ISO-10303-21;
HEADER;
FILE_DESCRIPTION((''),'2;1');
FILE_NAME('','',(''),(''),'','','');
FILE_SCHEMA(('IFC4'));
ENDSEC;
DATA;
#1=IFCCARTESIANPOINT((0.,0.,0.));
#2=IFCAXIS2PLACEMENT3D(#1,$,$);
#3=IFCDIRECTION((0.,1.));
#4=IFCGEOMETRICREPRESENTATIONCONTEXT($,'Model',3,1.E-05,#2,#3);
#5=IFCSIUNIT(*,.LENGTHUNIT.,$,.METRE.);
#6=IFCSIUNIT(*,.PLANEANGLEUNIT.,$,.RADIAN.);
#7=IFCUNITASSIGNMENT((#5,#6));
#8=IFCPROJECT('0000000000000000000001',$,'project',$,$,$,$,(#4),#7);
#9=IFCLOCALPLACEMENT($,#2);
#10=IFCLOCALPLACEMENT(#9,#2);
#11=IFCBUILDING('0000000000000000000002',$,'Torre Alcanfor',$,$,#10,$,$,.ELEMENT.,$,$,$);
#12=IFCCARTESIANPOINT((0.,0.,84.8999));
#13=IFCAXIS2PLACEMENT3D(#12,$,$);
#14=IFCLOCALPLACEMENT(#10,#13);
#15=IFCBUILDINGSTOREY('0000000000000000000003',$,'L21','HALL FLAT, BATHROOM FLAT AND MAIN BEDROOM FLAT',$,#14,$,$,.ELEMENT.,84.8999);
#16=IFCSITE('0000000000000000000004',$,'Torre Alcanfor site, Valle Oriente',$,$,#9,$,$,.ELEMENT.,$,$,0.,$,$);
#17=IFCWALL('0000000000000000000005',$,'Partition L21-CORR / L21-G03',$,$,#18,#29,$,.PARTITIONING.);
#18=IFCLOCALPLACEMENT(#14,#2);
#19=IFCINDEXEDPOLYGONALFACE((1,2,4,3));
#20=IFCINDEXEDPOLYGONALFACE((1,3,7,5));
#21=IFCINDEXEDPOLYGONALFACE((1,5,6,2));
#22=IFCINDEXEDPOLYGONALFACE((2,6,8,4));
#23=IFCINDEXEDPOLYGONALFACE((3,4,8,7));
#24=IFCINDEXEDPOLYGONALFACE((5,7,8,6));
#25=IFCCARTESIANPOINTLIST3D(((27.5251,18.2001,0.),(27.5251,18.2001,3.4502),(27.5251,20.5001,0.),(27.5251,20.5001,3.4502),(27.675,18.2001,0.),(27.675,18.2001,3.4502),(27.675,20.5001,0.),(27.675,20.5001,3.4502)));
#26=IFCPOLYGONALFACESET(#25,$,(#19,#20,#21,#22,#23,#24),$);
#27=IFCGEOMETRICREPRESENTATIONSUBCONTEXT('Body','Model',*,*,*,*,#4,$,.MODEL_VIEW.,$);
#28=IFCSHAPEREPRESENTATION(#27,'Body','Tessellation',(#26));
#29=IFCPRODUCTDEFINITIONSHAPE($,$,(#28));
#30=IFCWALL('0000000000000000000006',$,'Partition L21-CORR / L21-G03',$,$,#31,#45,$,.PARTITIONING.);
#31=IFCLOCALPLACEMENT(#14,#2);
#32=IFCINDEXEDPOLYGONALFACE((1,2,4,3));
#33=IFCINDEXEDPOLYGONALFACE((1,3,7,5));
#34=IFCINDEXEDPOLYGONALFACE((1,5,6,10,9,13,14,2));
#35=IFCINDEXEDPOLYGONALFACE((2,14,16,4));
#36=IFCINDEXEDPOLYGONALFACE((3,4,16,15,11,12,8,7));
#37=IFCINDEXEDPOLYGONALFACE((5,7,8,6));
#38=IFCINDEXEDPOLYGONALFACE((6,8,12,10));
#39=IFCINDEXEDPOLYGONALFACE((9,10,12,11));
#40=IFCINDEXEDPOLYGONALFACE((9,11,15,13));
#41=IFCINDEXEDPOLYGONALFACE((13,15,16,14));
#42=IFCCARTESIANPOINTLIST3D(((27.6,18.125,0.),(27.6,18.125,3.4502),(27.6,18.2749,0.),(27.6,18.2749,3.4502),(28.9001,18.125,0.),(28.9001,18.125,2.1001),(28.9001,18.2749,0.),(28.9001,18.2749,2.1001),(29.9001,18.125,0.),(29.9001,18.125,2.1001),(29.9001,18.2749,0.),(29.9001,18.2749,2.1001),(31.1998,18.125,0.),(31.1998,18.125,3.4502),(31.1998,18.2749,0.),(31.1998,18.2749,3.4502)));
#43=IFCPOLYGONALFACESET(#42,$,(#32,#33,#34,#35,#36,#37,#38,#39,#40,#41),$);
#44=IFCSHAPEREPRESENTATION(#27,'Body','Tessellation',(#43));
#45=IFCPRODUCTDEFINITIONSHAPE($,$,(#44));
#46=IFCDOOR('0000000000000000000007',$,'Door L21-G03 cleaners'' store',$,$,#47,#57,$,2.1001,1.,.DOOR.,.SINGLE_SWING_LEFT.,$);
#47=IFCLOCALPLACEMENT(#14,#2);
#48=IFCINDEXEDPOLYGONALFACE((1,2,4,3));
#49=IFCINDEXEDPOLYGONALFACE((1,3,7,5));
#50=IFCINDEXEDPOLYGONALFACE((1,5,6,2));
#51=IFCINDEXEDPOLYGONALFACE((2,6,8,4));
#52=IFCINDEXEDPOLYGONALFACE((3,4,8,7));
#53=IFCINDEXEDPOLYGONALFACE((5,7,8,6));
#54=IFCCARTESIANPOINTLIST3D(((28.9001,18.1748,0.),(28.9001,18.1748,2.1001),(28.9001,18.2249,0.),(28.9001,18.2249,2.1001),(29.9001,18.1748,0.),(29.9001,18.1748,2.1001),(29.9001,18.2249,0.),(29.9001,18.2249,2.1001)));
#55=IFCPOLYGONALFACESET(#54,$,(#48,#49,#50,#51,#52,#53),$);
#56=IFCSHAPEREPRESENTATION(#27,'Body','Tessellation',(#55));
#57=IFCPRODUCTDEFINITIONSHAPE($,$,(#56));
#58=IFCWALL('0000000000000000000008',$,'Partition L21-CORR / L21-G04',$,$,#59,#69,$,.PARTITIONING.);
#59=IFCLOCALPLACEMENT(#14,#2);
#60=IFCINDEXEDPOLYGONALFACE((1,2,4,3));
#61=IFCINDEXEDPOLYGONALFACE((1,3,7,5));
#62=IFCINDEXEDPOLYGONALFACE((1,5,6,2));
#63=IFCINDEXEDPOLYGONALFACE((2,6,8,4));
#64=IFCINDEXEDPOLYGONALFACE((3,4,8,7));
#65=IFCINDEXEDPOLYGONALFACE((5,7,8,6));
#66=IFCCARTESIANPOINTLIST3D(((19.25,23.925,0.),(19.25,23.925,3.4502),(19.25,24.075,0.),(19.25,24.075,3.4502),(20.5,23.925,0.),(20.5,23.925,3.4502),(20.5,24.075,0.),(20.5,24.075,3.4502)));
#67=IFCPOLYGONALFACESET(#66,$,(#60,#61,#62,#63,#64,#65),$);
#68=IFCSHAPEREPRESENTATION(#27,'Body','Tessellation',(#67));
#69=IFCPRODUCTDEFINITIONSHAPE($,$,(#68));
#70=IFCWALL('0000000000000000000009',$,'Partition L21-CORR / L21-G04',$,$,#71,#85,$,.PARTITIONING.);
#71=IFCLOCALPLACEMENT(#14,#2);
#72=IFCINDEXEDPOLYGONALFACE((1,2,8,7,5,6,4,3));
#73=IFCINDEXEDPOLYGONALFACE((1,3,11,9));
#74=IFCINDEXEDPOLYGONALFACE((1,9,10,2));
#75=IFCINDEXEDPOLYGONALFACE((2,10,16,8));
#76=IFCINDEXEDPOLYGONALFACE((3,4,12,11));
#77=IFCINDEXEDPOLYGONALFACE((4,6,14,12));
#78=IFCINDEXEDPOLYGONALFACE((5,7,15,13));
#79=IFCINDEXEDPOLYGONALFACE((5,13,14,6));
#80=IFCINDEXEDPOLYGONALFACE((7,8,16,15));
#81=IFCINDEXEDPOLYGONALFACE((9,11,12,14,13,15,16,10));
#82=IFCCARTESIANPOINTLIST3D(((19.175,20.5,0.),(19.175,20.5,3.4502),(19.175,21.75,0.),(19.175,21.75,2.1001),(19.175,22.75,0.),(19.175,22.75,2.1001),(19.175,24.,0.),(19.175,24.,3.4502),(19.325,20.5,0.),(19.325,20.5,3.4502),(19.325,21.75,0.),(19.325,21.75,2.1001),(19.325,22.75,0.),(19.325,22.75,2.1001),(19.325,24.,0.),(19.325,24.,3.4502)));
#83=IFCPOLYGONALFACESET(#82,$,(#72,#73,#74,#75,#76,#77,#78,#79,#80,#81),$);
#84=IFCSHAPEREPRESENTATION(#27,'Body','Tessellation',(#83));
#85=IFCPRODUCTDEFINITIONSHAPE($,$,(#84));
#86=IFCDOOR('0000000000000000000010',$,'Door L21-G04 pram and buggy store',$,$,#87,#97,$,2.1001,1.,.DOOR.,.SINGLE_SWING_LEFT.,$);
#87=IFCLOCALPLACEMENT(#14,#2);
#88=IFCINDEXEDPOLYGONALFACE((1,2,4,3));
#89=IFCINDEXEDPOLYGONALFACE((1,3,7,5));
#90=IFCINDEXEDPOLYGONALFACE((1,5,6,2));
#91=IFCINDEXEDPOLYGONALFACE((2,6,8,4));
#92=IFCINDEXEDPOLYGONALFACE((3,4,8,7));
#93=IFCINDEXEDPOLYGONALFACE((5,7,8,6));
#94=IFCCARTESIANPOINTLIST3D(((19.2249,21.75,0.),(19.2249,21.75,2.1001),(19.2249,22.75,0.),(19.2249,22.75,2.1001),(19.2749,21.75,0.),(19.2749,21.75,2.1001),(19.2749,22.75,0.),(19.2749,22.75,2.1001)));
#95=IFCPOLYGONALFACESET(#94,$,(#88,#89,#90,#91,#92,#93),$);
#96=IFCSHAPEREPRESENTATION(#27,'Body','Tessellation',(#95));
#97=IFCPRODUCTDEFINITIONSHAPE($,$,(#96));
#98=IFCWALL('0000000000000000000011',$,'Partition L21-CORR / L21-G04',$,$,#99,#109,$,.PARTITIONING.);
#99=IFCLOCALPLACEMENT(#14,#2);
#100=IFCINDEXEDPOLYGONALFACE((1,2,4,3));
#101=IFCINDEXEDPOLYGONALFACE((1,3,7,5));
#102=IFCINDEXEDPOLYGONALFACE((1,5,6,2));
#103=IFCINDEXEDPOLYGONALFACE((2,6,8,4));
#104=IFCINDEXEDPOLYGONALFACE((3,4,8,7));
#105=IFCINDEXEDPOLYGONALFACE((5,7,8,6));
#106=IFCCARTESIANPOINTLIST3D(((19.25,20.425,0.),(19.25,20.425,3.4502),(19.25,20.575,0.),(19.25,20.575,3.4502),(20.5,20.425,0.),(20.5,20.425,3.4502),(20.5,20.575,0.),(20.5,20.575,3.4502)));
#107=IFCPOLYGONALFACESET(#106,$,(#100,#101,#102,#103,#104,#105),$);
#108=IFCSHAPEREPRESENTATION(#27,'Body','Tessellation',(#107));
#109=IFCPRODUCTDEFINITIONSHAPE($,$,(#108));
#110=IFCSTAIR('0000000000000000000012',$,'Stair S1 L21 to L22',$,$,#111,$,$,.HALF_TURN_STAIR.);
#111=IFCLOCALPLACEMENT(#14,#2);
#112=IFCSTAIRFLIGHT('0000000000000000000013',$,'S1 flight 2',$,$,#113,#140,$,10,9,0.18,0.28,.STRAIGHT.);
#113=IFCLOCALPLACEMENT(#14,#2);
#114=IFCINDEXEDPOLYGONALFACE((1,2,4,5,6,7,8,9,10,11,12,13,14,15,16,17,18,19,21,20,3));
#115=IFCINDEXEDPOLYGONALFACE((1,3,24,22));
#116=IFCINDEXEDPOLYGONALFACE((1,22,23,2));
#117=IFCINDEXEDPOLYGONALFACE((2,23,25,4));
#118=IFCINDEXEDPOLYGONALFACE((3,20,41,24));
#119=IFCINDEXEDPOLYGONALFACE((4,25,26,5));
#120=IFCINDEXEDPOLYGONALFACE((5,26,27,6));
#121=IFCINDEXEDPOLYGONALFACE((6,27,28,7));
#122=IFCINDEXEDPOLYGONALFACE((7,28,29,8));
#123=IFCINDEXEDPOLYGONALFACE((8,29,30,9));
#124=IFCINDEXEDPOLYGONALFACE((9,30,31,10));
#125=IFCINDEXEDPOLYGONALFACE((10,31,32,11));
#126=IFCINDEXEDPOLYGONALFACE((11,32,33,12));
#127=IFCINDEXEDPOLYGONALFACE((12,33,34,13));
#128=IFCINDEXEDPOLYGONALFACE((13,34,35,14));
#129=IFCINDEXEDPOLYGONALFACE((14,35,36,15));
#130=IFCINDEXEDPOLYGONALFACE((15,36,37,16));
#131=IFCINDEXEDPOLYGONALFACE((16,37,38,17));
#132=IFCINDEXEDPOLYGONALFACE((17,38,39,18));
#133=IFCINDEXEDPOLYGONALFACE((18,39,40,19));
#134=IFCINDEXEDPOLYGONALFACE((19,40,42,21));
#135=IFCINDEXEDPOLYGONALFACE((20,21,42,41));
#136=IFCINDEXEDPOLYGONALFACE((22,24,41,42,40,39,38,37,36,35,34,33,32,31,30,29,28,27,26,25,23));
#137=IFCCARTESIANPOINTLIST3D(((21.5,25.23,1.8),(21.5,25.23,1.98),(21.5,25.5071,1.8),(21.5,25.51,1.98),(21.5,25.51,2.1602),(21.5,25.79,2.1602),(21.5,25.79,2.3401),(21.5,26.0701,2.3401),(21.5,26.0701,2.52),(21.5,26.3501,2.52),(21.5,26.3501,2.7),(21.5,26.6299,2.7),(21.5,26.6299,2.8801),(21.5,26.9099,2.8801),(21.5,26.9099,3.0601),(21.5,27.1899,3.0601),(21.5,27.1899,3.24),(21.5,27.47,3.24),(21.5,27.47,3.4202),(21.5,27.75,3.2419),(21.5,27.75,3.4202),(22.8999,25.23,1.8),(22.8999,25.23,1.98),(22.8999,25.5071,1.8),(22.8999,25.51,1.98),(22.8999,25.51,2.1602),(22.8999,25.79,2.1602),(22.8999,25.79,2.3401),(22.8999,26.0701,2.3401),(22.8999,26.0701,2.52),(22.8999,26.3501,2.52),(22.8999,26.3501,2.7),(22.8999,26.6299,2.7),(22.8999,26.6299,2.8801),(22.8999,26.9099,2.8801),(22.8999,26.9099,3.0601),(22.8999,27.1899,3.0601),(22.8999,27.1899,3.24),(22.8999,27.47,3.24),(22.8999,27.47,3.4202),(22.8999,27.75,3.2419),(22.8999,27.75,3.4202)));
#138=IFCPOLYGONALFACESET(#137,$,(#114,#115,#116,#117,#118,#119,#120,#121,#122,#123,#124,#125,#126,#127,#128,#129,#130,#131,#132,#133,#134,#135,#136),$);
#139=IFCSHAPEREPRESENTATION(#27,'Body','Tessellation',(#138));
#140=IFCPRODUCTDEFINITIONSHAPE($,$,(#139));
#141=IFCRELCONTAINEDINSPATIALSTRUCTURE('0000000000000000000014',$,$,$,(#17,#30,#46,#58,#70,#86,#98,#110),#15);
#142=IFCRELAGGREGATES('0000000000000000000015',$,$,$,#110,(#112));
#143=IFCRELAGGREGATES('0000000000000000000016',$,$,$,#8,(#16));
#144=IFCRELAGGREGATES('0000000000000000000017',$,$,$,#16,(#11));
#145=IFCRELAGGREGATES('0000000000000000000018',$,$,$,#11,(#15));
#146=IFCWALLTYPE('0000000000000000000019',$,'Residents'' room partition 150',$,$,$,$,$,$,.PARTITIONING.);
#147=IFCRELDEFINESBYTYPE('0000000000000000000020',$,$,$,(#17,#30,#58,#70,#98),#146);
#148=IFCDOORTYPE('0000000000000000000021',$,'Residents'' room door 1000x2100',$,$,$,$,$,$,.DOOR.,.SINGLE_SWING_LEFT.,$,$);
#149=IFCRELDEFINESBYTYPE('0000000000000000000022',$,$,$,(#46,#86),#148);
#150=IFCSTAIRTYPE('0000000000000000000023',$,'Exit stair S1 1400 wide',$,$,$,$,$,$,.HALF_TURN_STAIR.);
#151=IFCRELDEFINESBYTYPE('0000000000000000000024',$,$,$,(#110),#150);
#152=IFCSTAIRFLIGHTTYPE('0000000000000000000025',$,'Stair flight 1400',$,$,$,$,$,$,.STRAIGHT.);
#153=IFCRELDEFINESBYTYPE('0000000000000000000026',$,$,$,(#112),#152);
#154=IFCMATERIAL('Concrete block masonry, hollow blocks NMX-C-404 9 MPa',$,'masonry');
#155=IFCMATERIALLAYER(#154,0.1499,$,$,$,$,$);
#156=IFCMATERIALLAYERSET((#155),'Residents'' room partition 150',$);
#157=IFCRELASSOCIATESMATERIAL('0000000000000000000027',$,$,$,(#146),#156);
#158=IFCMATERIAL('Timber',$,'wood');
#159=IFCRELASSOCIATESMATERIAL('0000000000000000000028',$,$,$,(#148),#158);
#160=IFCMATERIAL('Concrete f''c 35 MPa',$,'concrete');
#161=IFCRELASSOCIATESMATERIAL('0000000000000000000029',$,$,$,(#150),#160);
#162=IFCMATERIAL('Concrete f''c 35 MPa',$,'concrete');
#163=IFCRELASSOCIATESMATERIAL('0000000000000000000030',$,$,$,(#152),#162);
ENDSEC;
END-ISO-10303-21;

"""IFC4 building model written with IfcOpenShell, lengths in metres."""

from ifc_helpers import new_model, si_unit, direction, frame, frame_2d, origin, place, context, subcontext, project, spatial, polyline, rectangle, outline, extrude, material, layer, layer_set, type_object, element, fill, aggregate, save


model = new_model("IFC4")

# Units and contexts
model_context = context("Model", 3, precision=1e-05, world=origin(), true_north=direction((0.0, 1.0)))
body_context = subcontext(model_context, "Body", "Model", "MODEL_VIEW")
ifc_project = project(units=[si_unit("LENGTHUNIT", "METRE"), si_unit("PLANEANGLEUNIT", "RADIAN")], contexts=[model_context])

# Site, building, storey
site_placement = place(None, origin())
site = spatial("IfcSite", under=ifc_project, at=site_placement, Name="Torre Alcanfor site, Valle Oriente", CompositionType="ELEMENT", RefElevation=0.0)
building_placement = place(site_placement, origin())
building = spatial("IfcBuilding", under=site, at=building_placement, Name="Torre Alcanfor", CompositionType="ELEMENT")
storey_placement = place(building_placement, frame((0.0, 0.0, 84.8999)))
storey = spatial("IfcBuildingStorey", under=building, at=storey_placement, Name="L21", Description="HALL FLAT, BATHROOM FLAT AND MAIN BEDROOM FLAT", CompositionType="ELEMENT", Elevation=84.8999)

# Wall
ifc_material_1 = material(Name="Concrete block masonry, hollow blocks NMX-C-404 9 MPa", Category="masonry")
ifc_layer_1 = layer(ifc_material_1, 0.1499)
ifc_layer_set_1 = layer_set([ifc_layer_1], Name="Residents' room partition 150")
wall_type_1 = type_object("IfcWallType", Name="Residents' room partition 150", PredefinedType="PARTITIONING", material=ifc_layer_set_1)
wall_1_placement = place(storey_placement, frame((27.6001, 20.5, 0.0), z_axis=(0.0, 0.0, 1.0), x_axis=(0.0, -1.0, 0.0)))
element("IfcWall", 1, at=wall_1_placement, inside=storey, type_object=wall_type_1, Name="Partition L21-CORR / L21-G03", PredefinedType="PARTITIONING", context=body_context, shape_type="SweptSolid", body=[
    extrude(rectangle(XDim=2.3, YDim=0.1499, at=frame_2d((1.1499, 0.0))), origin(), (0.0, 0.0, 1.0), 3.4502),
])

# Wall, opening, door
wall_2_placement = place(storey_placement, frame((27.6001, 18.2, 0.0), z_axis=(0.0, 0.0, 1.0), x_axis=(1.0, 0.0, 0.0)))
wall_2 = element("IfcWall", 2, at=wall_2_placement, inside=storey, type_object=wall_type_1, Name="Partition L21-CORR / L21-G03", PredefinedType="PARTITIONING", context=body_context, shape_type="SweptSolid", body=[
    extrude(rectangle(XDim=3.5999, YDim=0.1499, at=frame_2d((1.7998, 0.0))), origin(), (0.0, 0.0, 1.0), 3.4502),
])
opening_1_placement = place(wall_2_placement, frame((1.3, 0.0, 0.0)))
opening_1 = element("IfcOpeningElement", 3, at=opening_1_placement, cuts=wall_2, PredefinedType="OPENING", context=body_context, shape_type="SweptSolid", body=[
    extrude(rectangle(XDim=1.0, YDim=2.1001, at=frame_2d((0.5, 1.05))), frame((0.0, 0.085, 0.0), z_axis=(0.0, -1.0, 0.0), x_axis=(1.0, 0.0, 0.0)), (0.0, 0.0, 1.0), 0.1699),
])
ifc_material_2 = material(Name="Timber", Category="wood")
door_type_1 = type_object("IfcDoorType", Name="Residents' room door 1000x2100", OperationType="SINGLE_SWING_LEFT", PredefinedType="DOOR", material=ifc_material_2)
door_1_placement = place(opening_1_placement, origin())
door_1 = element("IfcDoor", 4, at=door_1_placement, inside=storey, type_object=door_type_1, Name="Door L21-G03 cleaners' store", OperationType="SINGLE_SWING_LEFT", OverallHeight=2.1001, OverallWidth=1.0, PredefinedType="DOOR", context=body_context, shape_type="SweptSolid", body=[
    extrude(rectangle(XDim=1.0, YDim=2.1001, at=frame_2d((0.5, 1.05))), frame((0.0, 0.0249, 0.0), z_axis=(0.0, -1.0, 0.0), x_axis=(1.0, 0.0, 0.0)), (0.0, 0.0, 1.0), 0.05),
])
fill(opening_1, door_1)

# Wall
wall_3_placement = place(storey_placement, frame((20.5, 24.0, 0.0), z_axis=(0.0, 0.0, 1.0), x_axis=(-1.0, 0.0, 0.0)))
element("IfcWall", 5, at=wall_3_placement, inside=storey, type_object=wall_type_1, Name="Partition L21-CORR / L21-G04", PredefinedType="PARTITIONING", context=body_context, shape_type="SweptSolid", body=[
    extrude(rectangle(XDim=1.25, YDim=0.1499, at=frame_2d((0.625, 0.0))), origin(), (0.0, 0.0, 1.0), 3.4502),
])

# Wall, opening, door
wall_4_placement = place(storey_placement, frame((19.25, 24.0, 0.0), z_axis=(0.0, 0.0, 1.0), x_axis=(0.0, -1.0, 0.0)))
wall_4 = element("IfcWall", 6, at=wall_4_placement, inside=storey, type_object=wall_type_1, Name="Partition L21-CORR / L21-G04", PredefinedType="PARTITIONING", context=body_context, shape_type="SweptSolid", body=[
    extrude(rectangle(XDim=3.5, YDim=0.1499, at=frame_2d((1.75, 0.0))), origin(), (0.0, 0.0, 1.0), 3.4502),
])
opening_2_placement = place(wall_4_placement, frame((1.25, 0.0, 0.0)))
opening_2 = element("IfcOpeningElement", 7, at=opening_2_placement, cuts=wall_4, PredefinedType="OPENING", context=body_context, shape_type="SweptSolid", body=[
    extrude(rectangle(XDim=1.0, YDim=2.1001, at=frame_2d((0.5, 1.05))), frame((0.0, 0.085, 0.0), z_axis=(0.0, -1.0, 0.0), x_axis=(1.0, 0.0, 0.0)), (0.0, 0.0, 1.0), 0.1699),
])
door_2_placement = place(opening_2_placement, origin())
door_2 = element("IfcDoor", 8, at=door_2_placement, inside=storey, type_object=door_type_1, Name="Door L21-G04 pram and buggy store", OperationType="SINGLE_SWING_LEFT", OverallHeight=2.1001, OverallWidth=1.0, PredefinedType="DOOR", context=body_context, shape_type="SweptSolid", body=[
    extrude(rectangle(XDim=1.0, YDim=2.1001, at=frame_2d((0.5, 1.05))), frame((0.0, 0.0249, 0.0), z_axis=(0.0, -1.0, 0.0), x_axis=(1.0, 0.0, 0.0)), (0.0, 0.0, 1.0), 0.05),
])
fill(opening_2, door_2)

# Wall
wall_5_placement = place(storey_placement, frame((19.25, 20.5, 0.0), z_axis=(0.0, 0.0, 1.0), x_axis=(1.0, 0.0, 0.0)))
element("IfcWall", 9, at=wall_5_placement, inside=storey, type_object=wall_type_1, Name="Partition L21-CORR / L21-G04", PredefinedType="PARTITIONING", context=body_context, shape_type="SweptSolid", body=[
    extrude(rectangle(XDim=1.25, YDim=0.1499, at=frame_2d((0.625, 0.0))), origin(), (0.0, 0.0, 1.0), 3.4502),
])

# Stair, stair flight
ifc_material_3 = material(Name="Concrete f'c 35 MPa", Category="concrete")
stair_type = type_object("IfcStairType", Name="Exit stair S1 1400 wide", PredefinedType="HALF_TURN_STAIR", material=ifc_material_3)
stair_placement = place(storey_placement, origin())
stair = element("IfcStair", 10, at=stair_placement, inside=storey, type_object=stair_type, Name="Stair S1 L21 to L22", PredefinedType="HALF_TURN_STAIR")
ifc_material_4 = material(Name="Concrete f'c 35 MPa", Category="concrete")
stair_flight_type = type_object("IfcStairFlightType", Name="Stair flight 1400", PredefinedType="STRAIGHT", material=ifc_material_4)
stair_flight_placement = place(storey_placement, frame((22.2, 25.23, 1.8), z_axis=(0.0, 0.0, 1.0), x_axis=(0.0, 1.0, 0.0)))
stair_flight = element("IfcStairFlight", 11, at=stair_flight_placement, type_object=stair_flight_type, Name="S1 flight 2", NumberOfRisers=10, NumberOfTreads=9, PredefinedType="STRAIGHT", RiserHeight=0.18, TreadLength=0.28, context=body_context, shape_type="SweptSolid", body=[
    extrude(outline(polyline([(0.0, 0.0), (0.0, 0.1799), (0.28, 0.1799), (0.28, 0.3601), (0.5601, 0.3601), (0.5601, 0.54), (0.8401, 0.54), (0.8401, 0.72), (1.1201, 0.72), (1.1201, 0.8999), (1.3999, 0.8999), (1.3999, 1.0801), (1.6799, 1.0801), (1.6799, 1.26), (1.96, 1.26), (1.96, 1.4399), (2.24, 1.4399), (2.24, 1.6201), (2.52, 1.6201), (2.52, 1.8), (2.52, 1.4419), (0.2771, 0.0), (0.0, 0.0)])), frame((0.0, 0.7, 0.0), z_axis=(0.0, -1.0, 0.0), x_axis=(1.0, 0.0, 0.0)), (0.0, 0.0, 1.0), 1.3999),
])
aggregate(stair, [stair_flight])

save(model, "model.ifc")
